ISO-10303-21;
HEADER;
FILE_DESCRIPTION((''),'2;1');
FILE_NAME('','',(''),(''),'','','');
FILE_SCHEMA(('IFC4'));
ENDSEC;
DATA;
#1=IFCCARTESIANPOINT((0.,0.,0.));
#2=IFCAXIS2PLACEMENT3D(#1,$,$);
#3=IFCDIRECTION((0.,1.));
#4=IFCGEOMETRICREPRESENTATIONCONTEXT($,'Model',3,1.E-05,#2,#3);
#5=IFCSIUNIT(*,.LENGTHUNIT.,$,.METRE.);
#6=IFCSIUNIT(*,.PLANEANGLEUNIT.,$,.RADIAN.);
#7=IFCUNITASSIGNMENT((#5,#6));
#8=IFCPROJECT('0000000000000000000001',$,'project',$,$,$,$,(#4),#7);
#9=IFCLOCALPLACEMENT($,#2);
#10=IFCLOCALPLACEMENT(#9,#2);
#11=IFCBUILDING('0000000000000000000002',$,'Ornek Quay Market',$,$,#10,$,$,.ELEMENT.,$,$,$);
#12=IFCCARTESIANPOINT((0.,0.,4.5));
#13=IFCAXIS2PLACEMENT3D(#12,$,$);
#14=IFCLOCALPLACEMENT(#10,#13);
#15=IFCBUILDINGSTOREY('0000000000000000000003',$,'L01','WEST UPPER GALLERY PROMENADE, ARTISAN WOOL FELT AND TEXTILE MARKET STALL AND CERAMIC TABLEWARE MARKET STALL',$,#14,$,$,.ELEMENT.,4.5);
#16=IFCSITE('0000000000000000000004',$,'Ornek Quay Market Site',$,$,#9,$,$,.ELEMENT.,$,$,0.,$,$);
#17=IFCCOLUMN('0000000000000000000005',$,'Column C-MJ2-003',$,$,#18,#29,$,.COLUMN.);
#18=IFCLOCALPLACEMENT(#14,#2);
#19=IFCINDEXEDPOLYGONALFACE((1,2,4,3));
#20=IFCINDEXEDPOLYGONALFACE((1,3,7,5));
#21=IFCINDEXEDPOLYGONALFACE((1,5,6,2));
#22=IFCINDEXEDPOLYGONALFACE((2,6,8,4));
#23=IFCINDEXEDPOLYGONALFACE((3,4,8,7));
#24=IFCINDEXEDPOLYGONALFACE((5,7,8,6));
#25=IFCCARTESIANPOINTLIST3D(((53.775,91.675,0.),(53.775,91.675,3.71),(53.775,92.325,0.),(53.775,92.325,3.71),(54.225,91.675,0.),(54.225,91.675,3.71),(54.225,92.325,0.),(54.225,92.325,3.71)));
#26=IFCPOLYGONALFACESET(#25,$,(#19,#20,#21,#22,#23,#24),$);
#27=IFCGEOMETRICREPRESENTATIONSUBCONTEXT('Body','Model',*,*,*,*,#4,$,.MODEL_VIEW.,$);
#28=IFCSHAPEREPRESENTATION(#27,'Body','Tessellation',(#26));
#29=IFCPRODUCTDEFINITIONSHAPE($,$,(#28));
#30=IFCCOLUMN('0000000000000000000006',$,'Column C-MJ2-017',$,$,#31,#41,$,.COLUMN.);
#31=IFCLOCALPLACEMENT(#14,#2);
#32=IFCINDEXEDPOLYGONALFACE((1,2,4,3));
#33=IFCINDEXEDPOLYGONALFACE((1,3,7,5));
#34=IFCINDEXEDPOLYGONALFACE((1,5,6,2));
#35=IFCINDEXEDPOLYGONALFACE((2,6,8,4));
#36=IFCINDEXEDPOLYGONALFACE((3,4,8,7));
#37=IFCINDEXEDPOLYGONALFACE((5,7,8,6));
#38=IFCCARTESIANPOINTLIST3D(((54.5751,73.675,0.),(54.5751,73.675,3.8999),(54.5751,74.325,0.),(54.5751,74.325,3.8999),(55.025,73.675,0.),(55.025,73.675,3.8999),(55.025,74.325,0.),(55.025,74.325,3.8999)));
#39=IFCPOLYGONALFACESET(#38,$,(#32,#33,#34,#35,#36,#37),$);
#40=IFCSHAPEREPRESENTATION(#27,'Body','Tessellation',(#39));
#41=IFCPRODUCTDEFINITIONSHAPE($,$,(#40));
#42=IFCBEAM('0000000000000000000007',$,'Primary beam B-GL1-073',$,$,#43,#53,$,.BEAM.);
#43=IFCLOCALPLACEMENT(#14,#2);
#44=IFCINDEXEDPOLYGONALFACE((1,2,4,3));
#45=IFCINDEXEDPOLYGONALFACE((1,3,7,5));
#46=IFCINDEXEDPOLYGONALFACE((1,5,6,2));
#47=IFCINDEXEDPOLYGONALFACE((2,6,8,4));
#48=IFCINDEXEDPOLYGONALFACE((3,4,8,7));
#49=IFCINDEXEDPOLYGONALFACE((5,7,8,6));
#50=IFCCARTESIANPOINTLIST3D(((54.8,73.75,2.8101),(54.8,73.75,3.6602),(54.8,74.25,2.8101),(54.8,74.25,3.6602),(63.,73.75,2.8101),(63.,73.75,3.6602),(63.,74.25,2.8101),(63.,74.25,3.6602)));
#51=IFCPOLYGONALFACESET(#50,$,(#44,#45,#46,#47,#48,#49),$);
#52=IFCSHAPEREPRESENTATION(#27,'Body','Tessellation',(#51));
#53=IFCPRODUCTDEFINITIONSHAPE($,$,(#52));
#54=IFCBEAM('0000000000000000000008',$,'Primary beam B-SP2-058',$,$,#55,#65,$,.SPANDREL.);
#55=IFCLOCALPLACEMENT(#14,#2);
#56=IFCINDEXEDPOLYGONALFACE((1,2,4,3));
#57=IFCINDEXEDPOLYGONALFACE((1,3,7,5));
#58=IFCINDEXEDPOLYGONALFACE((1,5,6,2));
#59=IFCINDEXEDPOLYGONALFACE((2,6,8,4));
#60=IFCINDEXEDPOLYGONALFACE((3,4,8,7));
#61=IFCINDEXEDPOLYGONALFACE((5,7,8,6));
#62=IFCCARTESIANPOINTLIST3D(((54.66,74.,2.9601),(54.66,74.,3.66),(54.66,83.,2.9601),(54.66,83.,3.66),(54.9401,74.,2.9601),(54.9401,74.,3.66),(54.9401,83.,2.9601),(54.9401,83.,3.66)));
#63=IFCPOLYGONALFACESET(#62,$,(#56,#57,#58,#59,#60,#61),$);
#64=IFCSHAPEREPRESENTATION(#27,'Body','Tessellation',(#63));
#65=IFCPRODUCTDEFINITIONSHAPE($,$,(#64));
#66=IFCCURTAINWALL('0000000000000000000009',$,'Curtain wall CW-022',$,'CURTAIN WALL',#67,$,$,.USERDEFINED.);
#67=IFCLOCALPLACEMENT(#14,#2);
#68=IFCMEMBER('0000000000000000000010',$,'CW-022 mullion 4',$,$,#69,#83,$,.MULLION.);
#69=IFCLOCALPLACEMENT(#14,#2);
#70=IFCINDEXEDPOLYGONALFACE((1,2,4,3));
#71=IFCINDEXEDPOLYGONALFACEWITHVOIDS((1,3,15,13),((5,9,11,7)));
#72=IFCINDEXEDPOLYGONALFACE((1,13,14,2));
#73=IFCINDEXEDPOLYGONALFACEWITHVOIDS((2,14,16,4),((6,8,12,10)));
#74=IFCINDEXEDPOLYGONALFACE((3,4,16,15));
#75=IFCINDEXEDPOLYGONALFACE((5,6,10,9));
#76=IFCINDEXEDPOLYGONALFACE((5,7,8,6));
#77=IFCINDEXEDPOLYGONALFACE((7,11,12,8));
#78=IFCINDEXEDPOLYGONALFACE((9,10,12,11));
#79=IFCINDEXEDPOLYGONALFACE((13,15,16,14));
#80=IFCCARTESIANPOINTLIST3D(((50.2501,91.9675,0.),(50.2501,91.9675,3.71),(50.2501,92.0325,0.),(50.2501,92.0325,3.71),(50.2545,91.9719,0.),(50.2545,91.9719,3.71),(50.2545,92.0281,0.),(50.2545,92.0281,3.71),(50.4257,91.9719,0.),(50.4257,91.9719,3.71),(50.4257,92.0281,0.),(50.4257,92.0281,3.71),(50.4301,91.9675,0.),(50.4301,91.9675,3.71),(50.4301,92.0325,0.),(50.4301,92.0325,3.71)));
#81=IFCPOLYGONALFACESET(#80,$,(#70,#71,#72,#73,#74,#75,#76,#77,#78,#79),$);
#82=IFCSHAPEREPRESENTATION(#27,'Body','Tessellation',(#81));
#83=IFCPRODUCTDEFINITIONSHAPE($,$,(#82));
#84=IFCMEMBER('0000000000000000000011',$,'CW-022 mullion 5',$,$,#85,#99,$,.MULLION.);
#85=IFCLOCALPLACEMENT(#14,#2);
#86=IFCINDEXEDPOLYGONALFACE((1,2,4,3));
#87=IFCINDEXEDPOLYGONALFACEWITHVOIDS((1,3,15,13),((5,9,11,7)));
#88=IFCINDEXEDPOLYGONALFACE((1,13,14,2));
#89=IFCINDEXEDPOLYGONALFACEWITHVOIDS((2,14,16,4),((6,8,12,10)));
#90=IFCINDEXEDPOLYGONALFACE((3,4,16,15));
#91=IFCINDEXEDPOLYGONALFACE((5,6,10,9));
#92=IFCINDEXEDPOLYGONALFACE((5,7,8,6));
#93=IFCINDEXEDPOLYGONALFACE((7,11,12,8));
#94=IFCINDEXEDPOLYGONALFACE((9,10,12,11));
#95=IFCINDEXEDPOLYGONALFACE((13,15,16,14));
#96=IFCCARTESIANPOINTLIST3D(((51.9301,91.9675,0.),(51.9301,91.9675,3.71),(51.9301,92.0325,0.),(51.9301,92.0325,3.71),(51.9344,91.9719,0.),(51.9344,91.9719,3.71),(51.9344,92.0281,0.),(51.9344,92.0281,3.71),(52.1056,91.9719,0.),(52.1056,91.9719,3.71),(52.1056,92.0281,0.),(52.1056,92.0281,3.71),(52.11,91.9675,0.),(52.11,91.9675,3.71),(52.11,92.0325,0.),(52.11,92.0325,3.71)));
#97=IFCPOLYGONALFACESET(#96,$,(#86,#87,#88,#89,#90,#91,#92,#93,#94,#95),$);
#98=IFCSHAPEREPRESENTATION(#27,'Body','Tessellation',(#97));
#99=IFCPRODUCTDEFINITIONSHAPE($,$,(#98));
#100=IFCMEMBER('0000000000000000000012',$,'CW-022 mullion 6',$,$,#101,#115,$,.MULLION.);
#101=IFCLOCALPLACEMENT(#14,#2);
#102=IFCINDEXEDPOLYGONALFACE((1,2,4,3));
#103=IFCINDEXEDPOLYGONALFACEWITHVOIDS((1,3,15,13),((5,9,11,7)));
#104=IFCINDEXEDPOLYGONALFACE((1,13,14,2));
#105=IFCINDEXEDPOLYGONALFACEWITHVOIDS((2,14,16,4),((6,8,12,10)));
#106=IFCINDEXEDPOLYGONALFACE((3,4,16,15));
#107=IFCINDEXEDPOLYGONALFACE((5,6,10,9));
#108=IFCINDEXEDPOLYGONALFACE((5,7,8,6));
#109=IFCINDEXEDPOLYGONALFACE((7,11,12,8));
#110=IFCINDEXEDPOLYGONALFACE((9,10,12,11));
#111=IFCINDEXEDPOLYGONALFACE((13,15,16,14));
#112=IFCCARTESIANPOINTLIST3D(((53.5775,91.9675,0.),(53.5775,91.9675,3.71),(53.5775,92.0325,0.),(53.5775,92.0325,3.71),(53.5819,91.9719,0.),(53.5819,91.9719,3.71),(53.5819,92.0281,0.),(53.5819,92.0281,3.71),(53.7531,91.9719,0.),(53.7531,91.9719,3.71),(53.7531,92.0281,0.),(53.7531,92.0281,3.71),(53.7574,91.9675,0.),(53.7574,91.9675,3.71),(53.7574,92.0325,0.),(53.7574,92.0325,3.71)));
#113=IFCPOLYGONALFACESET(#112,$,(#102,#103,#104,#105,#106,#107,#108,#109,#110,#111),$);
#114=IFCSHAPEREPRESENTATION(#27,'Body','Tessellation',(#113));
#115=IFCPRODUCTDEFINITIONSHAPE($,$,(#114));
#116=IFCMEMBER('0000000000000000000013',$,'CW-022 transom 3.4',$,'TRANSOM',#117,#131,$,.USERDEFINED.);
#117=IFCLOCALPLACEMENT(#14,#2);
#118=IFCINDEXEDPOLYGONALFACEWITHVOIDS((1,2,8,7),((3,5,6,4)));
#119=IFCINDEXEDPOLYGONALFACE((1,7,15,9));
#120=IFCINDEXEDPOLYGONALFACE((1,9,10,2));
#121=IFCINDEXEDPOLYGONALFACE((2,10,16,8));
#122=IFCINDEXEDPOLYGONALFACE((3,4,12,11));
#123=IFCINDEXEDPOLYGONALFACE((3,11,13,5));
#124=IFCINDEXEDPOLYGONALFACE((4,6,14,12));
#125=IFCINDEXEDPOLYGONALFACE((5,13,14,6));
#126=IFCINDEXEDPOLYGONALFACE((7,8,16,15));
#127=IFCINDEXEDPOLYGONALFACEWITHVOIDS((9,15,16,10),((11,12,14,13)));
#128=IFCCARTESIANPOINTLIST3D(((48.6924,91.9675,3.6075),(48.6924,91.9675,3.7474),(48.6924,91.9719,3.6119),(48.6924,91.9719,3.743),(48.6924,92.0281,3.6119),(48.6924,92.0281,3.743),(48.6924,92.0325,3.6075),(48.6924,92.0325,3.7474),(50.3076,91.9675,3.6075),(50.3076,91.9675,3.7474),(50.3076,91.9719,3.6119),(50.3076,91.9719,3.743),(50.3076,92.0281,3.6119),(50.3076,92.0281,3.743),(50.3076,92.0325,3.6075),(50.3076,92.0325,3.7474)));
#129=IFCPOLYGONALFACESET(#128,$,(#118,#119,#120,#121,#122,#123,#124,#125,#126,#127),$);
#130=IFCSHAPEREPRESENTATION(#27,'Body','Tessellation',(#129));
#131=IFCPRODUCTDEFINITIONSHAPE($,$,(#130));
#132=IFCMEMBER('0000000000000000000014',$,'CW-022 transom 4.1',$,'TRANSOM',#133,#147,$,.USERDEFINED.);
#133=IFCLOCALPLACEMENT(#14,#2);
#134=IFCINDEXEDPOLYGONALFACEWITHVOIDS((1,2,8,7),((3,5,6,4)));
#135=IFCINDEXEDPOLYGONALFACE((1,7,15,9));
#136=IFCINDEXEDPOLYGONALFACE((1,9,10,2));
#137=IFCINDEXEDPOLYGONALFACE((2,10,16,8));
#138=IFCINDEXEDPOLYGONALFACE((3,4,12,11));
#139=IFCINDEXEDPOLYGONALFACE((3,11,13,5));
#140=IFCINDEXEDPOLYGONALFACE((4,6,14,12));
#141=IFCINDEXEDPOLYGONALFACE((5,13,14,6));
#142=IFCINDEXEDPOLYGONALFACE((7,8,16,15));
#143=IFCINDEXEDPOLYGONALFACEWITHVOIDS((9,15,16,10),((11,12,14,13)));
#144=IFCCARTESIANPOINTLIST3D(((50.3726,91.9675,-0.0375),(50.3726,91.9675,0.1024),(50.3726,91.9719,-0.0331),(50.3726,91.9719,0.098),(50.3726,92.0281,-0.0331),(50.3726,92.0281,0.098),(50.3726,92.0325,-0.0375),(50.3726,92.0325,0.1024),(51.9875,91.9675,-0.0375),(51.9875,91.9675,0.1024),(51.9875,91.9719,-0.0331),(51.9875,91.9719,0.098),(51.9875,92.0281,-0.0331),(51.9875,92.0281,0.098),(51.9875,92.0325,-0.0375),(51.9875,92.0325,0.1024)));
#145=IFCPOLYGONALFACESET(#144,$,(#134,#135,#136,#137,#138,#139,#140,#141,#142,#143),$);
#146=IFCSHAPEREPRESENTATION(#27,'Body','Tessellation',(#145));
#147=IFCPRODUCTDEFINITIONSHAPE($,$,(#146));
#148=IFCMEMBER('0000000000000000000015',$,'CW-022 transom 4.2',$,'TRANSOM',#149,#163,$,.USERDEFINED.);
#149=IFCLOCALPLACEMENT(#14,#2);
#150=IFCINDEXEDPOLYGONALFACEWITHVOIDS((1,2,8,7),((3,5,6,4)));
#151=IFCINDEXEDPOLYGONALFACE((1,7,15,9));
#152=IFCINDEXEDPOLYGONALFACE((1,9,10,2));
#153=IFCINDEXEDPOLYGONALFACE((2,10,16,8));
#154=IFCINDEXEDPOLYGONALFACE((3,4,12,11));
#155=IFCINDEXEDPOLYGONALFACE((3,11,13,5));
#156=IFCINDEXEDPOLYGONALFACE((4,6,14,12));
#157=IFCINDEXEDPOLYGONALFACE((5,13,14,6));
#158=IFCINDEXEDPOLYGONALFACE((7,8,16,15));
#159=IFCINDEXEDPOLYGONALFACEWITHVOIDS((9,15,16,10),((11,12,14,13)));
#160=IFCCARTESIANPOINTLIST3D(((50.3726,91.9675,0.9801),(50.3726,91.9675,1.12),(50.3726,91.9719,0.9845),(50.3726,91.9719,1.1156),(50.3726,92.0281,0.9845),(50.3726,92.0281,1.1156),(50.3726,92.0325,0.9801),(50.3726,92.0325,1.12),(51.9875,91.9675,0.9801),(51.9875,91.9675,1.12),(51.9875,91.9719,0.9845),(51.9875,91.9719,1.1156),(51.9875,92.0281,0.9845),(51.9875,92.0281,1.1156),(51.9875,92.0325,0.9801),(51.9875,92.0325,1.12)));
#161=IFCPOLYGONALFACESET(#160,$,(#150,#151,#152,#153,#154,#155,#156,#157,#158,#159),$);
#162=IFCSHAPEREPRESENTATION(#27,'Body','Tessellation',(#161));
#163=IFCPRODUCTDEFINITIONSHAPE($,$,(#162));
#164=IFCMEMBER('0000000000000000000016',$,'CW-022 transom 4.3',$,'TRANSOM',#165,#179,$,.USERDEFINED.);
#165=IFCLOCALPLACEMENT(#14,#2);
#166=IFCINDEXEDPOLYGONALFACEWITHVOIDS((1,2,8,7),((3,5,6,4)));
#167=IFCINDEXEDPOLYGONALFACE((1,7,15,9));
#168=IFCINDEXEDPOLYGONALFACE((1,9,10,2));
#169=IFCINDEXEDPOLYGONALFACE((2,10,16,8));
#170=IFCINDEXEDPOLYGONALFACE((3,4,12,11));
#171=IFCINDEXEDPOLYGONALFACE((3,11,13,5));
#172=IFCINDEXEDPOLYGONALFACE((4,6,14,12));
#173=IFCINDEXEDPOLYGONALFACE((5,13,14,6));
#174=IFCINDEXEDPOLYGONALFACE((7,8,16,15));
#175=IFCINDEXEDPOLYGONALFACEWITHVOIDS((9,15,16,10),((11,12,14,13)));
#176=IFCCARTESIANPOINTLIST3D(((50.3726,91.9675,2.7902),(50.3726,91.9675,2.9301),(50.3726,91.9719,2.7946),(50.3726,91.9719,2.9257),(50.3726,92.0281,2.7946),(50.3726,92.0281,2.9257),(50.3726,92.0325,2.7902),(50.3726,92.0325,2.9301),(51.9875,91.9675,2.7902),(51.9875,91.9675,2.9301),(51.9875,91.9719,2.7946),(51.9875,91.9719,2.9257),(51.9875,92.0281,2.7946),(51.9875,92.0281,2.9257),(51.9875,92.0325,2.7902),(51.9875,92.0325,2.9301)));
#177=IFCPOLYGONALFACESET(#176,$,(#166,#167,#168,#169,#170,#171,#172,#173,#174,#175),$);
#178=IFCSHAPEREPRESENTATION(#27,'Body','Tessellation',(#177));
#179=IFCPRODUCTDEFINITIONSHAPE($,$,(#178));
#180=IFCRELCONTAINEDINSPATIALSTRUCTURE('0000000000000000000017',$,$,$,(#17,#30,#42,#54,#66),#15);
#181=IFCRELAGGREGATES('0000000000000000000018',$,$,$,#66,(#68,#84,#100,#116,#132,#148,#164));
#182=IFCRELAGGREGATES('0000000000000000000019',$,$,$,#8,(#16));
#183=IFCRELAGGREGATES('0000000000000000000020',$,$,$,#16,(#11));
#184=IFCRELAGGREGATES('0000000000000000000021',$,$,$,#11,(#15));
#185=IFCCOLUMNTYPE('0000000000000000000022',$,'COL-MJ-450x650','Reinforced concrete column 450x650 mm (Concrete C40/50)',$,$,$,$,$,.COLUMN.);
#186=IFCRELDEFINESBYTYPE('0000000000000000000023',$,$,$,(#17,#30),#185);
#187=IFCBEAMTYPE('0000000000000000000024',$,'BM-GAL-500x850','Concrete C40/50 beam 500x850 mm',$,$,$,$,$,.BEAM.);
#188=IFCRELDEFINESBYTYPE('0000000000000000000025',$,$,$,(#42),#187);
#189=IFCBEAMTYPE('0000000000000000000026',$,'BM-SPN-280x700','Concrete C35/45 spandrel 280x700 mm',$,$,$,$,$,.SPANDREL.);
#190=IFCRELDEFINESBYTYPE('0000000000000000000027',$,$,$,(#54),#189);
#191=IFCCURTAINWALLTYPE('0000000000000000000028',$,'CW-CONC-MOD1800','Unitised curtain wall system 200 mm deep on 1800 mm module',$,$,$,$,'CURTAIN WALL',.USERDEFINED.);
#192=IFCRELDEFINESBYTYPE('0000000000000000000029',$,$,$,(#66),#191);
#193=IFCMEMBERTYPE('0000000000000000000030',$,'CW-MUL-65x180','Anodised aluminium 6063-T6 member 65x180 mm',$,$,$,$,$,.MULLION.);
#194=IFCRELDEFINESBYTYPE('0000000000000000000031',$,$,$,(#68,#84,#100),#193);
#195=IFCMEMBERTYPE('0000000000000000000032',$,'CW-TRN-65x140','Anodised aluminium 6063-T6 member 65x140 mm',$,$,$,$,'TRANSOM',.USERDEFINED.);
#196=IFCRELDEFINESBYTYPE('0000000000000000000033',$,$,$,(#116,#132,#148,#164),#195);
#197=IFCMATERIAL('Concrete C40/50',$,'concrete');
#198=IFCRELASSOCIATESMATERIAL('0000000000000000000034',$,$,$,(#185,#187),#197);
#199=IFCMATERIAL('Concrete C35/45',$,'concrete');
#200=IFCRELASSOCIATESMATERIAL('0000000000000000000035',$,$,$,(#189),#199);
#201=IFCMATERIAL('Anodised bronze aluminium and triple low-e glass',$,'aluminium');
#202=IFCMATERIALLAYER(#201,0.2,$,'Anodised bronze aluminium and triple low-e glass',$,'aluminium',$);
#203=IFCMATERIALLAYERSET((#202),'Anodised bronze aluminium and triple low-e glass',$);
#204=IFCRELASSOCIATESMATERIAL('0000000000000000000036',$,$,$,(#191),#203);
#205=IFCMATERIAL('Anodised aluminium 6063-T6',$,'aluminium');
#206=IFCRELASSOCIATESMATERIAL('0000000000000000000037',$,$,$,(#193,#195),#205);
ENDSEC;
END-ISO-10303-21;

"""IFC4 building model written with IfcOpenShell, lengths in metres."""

from ifc_helpers import new_model, si_unit, direction, frame, origin, origin_2d, place, context, subcontext, project, spatial, rectangle, hollow_rectangle, extrude, material, layer, layer_set, material_profile, profile_set, type_object, element, aggregate, save


model = new_model("IFC4")

# Units and contexts
model_context = context("Model", 3, precision=1e-05, world=origin(), true_north=direction((0.0, 1.0)))
body_context = subcontext(model_context, "Body", "Model", "MODEL_VIEW")
ifc_project = project(units=[si_unit("LENGTHUNIT", "METRE"), si_unit("PLANEANGLEUNIT", "RADIAN")], contexts=[model_context])

# Site, building, storey
site_placement = place(None, origin())
site = spatial("IfcSite", under=ifc_project, at=site_placement, Name="Ornek Quay Market Site", CompositionType="ELEMENT", RefElevation=0.0)
building_placement = place(site_placement, origin())
building = spatial("IfcBuilding", under=site, at=building_placement, Name="Ornek Quay Market", CompositionType="ELEMENT")
storey_placement = place(building_placement, frame((0.0, 0.0, 4.5)))
storey = spatial("IfcBuildingStorey", under=building, at=storey_placement, Name="L01", Description="WEST UPPER GALLERY PROMENADE, ARTISAN WOOL FELT AND TEXTILE MARKET STALL AND CERAMIC TABLEWARE MARKET STALL", CompositionType="ELEMENT", Elevation=4.5)

# Columns
ifc_material_1 = material(Name="Concrete C40/50", Category="concrete")
ifc_material_profile_1 = material_profile(ifc_material_1, rectangle(XDim=0.45, YDim=0.6499, at=origin_2d()), Name="RC 450x650", Category="concrete")
ifc_profile_set_1 = profile_set([ifc_material_profile_1], Name="Concrete C40/50")
column_type = type_object("IfcColumnType", Name="COL-MJ-450x650", Description="Reinforced concrete column 450x650 mm (Concrete C40/50)", PredefinedType="COLUMN", material=ifc_profile_set_1)
column_1_placement = place(storey_placement, frame((54.0, 92.0, 0.0), z_axis=(0.0, 0.0, 1.0), x_axis=(1.0, 0.0, 0.0)))
element("IfcColumn", 1, at=column_1_placement, inside=storey, type_object=column_type, Name="Column C-MJ2-003", PredefinedType="COLUMN", context=body_context, shape_type="SweptSolid", body=[
    extrude(rectangle(XDim=0.45, YDim=0.6499, at=origin_2d()), origin(), (0.0, 0.0, 1.0), 3.71),
])
column_2_placement = place(storey_placement, frame((54.8, 74.0, 0.0), z_axis=(0.0, 0.0, 1.0), x_axis=(1.0, 0.0, 0.0)))
element("IfcColumn", 2, at=column_2_placement, inside=storey, type_object=column_type, Name="Column C-MJ2-017", PredefinedType="COLUMN", context=body_context, shape_type="SweptSolid", body=[
    extrude(rectangle(XDim=0.45, YDim=0.6499, at=origin_2d()), origin(), (0.0, 0.0, 1.0), 3.8999),
])

# Beams
ifc_material_profile_2 = material_profile(ifc_material_1, rectangle(XDim=0.5, YDim=0.8501, at=origin_2d()), Name="RC 500x850", Category="concrete")
ifc_profile_set_2 = profile_set([ifc_material_profile_2], Name="Concrete C40/50")
beam_type_1 = type_object("IfcBeamType", Name="BM-GAL-500x850", Description="Concrete C40/50 beam 500x850 mm", PredefinedType="BEAM", material=ifc_profile_set_2)
beam_1_placement = place(storey_placement, frame((54.8, 74.0, 3.2351), z_axis=(1.0, 0.0, 0.0), x_axis=(0.0, 1.0, 0.0)))
element("IfcBeam", 3, at=beam_1_placement, inside=storey, type_object=beam_type_1, Name="Primary beam B-GL1-073", PredefinedType="BEAM", context=body_context, shape_type="SweptSolid", body=[
    extrude(rectangle(XDim=0.5, YDim=0.8501, at=origin_2d()), origin(), (0.0, 0.0, 1.0), 8.2),
])
ifc_material_2 = material(Name="Concrete C35/45", Category="concrete")
ifc_material_profile_3 = material_profile(ifc_material_2, rectangle(XDim=0.28, YDim=0.7, at=origin_2d()), Name="RC 280x700", Category="concrete")
ifc_profile_set_3 = profile_set([ifc_material_profile_3], Name="Concrete C35/45")
beam_type_2 = type_object("IfcBeamType", Name="BM-SPN-280x700", Description="Concrete C35/45 spandrel 280x700 mm", PredefinedType="SPANDREL", material=ifc_profile_set_3)
beam_2_placement = place(storey_placement, frame((54.8, 74.0, 3.3101), z_axis=(0.0, 1.0, 0.0), x_axis=(-1.0, 0.0, 0.0)))
element("IfcBeam", 4, at=beam_2_placement, inside=storey, type_object=beam_type_2, Name="Primary beam B-SP2-058", PredefinedType="SPANDREL", context=body_context, shape_type="SweptSolid", body=[
    extrude(rectangle(XDim=0.28, YDim=0.7, at=origin_2d()), origin(), (0.0, 0.0, 1.0), 9.0),
])

# Curtain wall, members
ifc_material_3 = material(Name="Anodised bronze aluminium and triple low-e glass", Category="aluminium")
ifc_layer_1 = layer(ifc_material_3, 0.2, Name="Anodised bronze aluminium and triple low-e glass", Category="aluminium")
ifc_layer_set_1 = layer_set([ifc_layer_1], Name="Anodised bronze aluminium and triple low-e glass")
curtain_wall_type = type_object("IfcCurtainWallType", Name="CW-CONC-MOD1800", Description="Unitised curtain wall system 200 mm deep on 1800 mm module", ElementType="CURTAIN WALL", PredefinedType="USERDEFINED", material=ifc_layer_set_1)
curtain_wall_placement = place(storey_placement, origin())
curtain_wall = element("IfcCurtainWall", 5, at=curtain_wall_placement, inside=storey, type_object=curtain_wall_type, Name="Curtain wall CW-022", ObjectType="CURTAIN WALL", PredefinedType="USERDEFINED")
ifc_material_4 = material(Name="Anodised aluminium 6063-T6", Category="aluminium")
ifc_material_profile_4 = material_profile(ifc_material_4, hollow_rectangle(XDim=0.0649, YDim=0.1799, WallThickness=0.0044, at=origin_2d()), Name="CW-MUL-65x180", Category="aluminium")
ifc_profile_set_4 = profile_set([ifc_material_profile_4], Name="Anodised aluminium 6063-T6")
member_type_1 = type_object("IfcMemberType", Name="CW-MUL-65x180", Description="Anodised aluminium 6063-T6 member 65x180 mm", PredefinedType="MULLION", material=ifc_profile_set_4)
member_1_placement = place(storey_placement, frame((50.3401, 92.0, 0.0), z_axis=(0.0, 0.0, 1.0), x_axis=(0.0, 1.0, 0.0)))
member_1 = element("IfcMember", 6, at=member_1_placement, type_object=member_type_1, Name="CW-022 mullion 4", PredefinedType="MULLION", context=body_context, shape_type="SweptSolid", body=[
    extrude(hollow_rectangle(XDim=0.0649, YDim=0.1799, WallThickness=0.0044, at=origin_2d()), origin(), (0.0, 0.0, 1.0), 3.71),
])
member_2_placement = place(storey_placement, frame((52.02, 92.0, 0.0), z_axis=(0.0, 0.0, 1.0), x_axis=(0.0, 1.0, 0.0)))
member_2 = element("IfcMember", 7, at=member_2_placement, type_object=member_type_1, Name="CW-022 mullion 5", PredefinedType="MULLION", context=body_context, shape_type="SweptSolid", body=[
    extrude(hollow_rectangle(XDim=0.0649, YDim=0.1799, WallThickness=0.0044, at=origin_2d()), origin(), (0.0, 0.0, 1.0), 3.71),
])
member_3_placement = place(storey_placement, frame((53.6675, 92.0, 0.0), z_axis=(0.0, 0.0, 1.0), x_axis=(0.0, 1.0, 0.0)))
member_3 = element("IfcMember", 8, at=member_3_placement, type_object=member_type_1, Name="CW-022 mullion 6", PredefinedType="MULLION", context=body_context, shape_type="SweptSolid", body=[
    extrude(hollow_rectangle(XDim=0.0649, YDim=0.1799, WallThickness=0.0044, at=origin_2d()), origin(), (0.0, 0.0, 1.0), 3.71),
])
ifc_material_profile_5 = material_profile(ifc_material_4, hollow_rectangle(XDim=0.0649, YDim=0.1399, WallThickness=0.0044, at=origin_2d()), Name="CW-TRN-65x140", Category="aluminium")
ifc_profile_set_5 = profile_set([ifc_material_profile_5], Name="Anodised aluminium 6063-T6")
member_type_2 = type_object("IfcMemberType", Name="CW-TRN-65x140", Description="Anodised aluminium 6063-T6 member 65x140 mm", ElementType="TRANSOM", PredefinedType="USERDEFINED", material=ifc_profile_set_5)
member_4_placement = place(storey_placement, frame((48.6924, 92.0, 3.6775), z_axis=(1.0, 0.0, 0.0), x_axis=(0.0, 1.0, 0.0)))
member_4 = element("IfcMember", 9, at=member_4_placement, type_object=member_type_2, Name="CW-022 transom 3.4", ObjectType="TRANSOM", PredefinedType="USERDEFINED", context=body_context, shape_type="SweptSolid", body=[
    extrude(hollow_rectangle(XDim=0.0649, YDim=0.1399, WallThickness=0.0044, at=origin_2d()), origin(), (0.0, 0.0, 1.0), 1.6152),
])
member_5_placement = place(storey_placement, frame((50.3726, 92.0, 0.0325), z_axis=(1.0, 0.0, 0.0), x_axis=(0.0, 1.0, 0.0)))
member_5 = element("IfcMember", 10, at=member_5_placement, type_object=member_type_2, Name="CW-022 transom 4.1", ObjectType="TRANSOM", PredefinedType="USERDEFINED", context=body_context, shape_type="SweptSolid", body=[
    extrude(hollow_rectangle(XDim=0.0649, YDim=0.1399, WallThickness=0.0044, at=origin_2d()), origin(), (0.0, 0.0, 1.0), 1.615),
])
member_6_placement = place(storey_placement, frame((50.3726, 92.0, 1.05), z_axis=(1.0, 0.0, 0.0), x_axis=(0.0, 1.0, 0.0)))
member_6 = element("IfcMember", 11, at=member_6_placement, type_object=member_type_2, Name="CW-022 transom 4.2", ObjectType="TRANSOM", PredefinedType="USERDEFINED", context=body_context, shape_type="SweptSolid", body=[
    extrude(hollow_rectangle(XDim=0.0649, YDim=0.1399, WallThickness=0.0044, at=origin_2d()), origin(), (0.0, 0.0, 1.0), 1.615),
])
member_7_placement = place(storey_placement, frame((50.3726, 92.0, 2.8601), z_axis=(1.0, 0.0, 0.0), x_axis=(0.0, 1.0, 0.0)))
member_7 = element("IfcMember", 12, at=member_7_placement, type_object=member_type_2, Name="CW-022 transom 4.3", ObjectType="TRANSOM", PredefinedType="USERDEFINED", context=body_context, shape_type="SweptSolid", body=[
    extrude(hollow_rectangle(XDim=0.0649, YDim=0.1399, WallThickness=0.0044, at=origin_2d()), origin(), (0.0, 0.0, 1.0), 1.615),
])
aggregate(curtain_wall, [member_1, member_2, member_3, member_4, member_5, member_6, member_7])

save(model, "model.ifc")
